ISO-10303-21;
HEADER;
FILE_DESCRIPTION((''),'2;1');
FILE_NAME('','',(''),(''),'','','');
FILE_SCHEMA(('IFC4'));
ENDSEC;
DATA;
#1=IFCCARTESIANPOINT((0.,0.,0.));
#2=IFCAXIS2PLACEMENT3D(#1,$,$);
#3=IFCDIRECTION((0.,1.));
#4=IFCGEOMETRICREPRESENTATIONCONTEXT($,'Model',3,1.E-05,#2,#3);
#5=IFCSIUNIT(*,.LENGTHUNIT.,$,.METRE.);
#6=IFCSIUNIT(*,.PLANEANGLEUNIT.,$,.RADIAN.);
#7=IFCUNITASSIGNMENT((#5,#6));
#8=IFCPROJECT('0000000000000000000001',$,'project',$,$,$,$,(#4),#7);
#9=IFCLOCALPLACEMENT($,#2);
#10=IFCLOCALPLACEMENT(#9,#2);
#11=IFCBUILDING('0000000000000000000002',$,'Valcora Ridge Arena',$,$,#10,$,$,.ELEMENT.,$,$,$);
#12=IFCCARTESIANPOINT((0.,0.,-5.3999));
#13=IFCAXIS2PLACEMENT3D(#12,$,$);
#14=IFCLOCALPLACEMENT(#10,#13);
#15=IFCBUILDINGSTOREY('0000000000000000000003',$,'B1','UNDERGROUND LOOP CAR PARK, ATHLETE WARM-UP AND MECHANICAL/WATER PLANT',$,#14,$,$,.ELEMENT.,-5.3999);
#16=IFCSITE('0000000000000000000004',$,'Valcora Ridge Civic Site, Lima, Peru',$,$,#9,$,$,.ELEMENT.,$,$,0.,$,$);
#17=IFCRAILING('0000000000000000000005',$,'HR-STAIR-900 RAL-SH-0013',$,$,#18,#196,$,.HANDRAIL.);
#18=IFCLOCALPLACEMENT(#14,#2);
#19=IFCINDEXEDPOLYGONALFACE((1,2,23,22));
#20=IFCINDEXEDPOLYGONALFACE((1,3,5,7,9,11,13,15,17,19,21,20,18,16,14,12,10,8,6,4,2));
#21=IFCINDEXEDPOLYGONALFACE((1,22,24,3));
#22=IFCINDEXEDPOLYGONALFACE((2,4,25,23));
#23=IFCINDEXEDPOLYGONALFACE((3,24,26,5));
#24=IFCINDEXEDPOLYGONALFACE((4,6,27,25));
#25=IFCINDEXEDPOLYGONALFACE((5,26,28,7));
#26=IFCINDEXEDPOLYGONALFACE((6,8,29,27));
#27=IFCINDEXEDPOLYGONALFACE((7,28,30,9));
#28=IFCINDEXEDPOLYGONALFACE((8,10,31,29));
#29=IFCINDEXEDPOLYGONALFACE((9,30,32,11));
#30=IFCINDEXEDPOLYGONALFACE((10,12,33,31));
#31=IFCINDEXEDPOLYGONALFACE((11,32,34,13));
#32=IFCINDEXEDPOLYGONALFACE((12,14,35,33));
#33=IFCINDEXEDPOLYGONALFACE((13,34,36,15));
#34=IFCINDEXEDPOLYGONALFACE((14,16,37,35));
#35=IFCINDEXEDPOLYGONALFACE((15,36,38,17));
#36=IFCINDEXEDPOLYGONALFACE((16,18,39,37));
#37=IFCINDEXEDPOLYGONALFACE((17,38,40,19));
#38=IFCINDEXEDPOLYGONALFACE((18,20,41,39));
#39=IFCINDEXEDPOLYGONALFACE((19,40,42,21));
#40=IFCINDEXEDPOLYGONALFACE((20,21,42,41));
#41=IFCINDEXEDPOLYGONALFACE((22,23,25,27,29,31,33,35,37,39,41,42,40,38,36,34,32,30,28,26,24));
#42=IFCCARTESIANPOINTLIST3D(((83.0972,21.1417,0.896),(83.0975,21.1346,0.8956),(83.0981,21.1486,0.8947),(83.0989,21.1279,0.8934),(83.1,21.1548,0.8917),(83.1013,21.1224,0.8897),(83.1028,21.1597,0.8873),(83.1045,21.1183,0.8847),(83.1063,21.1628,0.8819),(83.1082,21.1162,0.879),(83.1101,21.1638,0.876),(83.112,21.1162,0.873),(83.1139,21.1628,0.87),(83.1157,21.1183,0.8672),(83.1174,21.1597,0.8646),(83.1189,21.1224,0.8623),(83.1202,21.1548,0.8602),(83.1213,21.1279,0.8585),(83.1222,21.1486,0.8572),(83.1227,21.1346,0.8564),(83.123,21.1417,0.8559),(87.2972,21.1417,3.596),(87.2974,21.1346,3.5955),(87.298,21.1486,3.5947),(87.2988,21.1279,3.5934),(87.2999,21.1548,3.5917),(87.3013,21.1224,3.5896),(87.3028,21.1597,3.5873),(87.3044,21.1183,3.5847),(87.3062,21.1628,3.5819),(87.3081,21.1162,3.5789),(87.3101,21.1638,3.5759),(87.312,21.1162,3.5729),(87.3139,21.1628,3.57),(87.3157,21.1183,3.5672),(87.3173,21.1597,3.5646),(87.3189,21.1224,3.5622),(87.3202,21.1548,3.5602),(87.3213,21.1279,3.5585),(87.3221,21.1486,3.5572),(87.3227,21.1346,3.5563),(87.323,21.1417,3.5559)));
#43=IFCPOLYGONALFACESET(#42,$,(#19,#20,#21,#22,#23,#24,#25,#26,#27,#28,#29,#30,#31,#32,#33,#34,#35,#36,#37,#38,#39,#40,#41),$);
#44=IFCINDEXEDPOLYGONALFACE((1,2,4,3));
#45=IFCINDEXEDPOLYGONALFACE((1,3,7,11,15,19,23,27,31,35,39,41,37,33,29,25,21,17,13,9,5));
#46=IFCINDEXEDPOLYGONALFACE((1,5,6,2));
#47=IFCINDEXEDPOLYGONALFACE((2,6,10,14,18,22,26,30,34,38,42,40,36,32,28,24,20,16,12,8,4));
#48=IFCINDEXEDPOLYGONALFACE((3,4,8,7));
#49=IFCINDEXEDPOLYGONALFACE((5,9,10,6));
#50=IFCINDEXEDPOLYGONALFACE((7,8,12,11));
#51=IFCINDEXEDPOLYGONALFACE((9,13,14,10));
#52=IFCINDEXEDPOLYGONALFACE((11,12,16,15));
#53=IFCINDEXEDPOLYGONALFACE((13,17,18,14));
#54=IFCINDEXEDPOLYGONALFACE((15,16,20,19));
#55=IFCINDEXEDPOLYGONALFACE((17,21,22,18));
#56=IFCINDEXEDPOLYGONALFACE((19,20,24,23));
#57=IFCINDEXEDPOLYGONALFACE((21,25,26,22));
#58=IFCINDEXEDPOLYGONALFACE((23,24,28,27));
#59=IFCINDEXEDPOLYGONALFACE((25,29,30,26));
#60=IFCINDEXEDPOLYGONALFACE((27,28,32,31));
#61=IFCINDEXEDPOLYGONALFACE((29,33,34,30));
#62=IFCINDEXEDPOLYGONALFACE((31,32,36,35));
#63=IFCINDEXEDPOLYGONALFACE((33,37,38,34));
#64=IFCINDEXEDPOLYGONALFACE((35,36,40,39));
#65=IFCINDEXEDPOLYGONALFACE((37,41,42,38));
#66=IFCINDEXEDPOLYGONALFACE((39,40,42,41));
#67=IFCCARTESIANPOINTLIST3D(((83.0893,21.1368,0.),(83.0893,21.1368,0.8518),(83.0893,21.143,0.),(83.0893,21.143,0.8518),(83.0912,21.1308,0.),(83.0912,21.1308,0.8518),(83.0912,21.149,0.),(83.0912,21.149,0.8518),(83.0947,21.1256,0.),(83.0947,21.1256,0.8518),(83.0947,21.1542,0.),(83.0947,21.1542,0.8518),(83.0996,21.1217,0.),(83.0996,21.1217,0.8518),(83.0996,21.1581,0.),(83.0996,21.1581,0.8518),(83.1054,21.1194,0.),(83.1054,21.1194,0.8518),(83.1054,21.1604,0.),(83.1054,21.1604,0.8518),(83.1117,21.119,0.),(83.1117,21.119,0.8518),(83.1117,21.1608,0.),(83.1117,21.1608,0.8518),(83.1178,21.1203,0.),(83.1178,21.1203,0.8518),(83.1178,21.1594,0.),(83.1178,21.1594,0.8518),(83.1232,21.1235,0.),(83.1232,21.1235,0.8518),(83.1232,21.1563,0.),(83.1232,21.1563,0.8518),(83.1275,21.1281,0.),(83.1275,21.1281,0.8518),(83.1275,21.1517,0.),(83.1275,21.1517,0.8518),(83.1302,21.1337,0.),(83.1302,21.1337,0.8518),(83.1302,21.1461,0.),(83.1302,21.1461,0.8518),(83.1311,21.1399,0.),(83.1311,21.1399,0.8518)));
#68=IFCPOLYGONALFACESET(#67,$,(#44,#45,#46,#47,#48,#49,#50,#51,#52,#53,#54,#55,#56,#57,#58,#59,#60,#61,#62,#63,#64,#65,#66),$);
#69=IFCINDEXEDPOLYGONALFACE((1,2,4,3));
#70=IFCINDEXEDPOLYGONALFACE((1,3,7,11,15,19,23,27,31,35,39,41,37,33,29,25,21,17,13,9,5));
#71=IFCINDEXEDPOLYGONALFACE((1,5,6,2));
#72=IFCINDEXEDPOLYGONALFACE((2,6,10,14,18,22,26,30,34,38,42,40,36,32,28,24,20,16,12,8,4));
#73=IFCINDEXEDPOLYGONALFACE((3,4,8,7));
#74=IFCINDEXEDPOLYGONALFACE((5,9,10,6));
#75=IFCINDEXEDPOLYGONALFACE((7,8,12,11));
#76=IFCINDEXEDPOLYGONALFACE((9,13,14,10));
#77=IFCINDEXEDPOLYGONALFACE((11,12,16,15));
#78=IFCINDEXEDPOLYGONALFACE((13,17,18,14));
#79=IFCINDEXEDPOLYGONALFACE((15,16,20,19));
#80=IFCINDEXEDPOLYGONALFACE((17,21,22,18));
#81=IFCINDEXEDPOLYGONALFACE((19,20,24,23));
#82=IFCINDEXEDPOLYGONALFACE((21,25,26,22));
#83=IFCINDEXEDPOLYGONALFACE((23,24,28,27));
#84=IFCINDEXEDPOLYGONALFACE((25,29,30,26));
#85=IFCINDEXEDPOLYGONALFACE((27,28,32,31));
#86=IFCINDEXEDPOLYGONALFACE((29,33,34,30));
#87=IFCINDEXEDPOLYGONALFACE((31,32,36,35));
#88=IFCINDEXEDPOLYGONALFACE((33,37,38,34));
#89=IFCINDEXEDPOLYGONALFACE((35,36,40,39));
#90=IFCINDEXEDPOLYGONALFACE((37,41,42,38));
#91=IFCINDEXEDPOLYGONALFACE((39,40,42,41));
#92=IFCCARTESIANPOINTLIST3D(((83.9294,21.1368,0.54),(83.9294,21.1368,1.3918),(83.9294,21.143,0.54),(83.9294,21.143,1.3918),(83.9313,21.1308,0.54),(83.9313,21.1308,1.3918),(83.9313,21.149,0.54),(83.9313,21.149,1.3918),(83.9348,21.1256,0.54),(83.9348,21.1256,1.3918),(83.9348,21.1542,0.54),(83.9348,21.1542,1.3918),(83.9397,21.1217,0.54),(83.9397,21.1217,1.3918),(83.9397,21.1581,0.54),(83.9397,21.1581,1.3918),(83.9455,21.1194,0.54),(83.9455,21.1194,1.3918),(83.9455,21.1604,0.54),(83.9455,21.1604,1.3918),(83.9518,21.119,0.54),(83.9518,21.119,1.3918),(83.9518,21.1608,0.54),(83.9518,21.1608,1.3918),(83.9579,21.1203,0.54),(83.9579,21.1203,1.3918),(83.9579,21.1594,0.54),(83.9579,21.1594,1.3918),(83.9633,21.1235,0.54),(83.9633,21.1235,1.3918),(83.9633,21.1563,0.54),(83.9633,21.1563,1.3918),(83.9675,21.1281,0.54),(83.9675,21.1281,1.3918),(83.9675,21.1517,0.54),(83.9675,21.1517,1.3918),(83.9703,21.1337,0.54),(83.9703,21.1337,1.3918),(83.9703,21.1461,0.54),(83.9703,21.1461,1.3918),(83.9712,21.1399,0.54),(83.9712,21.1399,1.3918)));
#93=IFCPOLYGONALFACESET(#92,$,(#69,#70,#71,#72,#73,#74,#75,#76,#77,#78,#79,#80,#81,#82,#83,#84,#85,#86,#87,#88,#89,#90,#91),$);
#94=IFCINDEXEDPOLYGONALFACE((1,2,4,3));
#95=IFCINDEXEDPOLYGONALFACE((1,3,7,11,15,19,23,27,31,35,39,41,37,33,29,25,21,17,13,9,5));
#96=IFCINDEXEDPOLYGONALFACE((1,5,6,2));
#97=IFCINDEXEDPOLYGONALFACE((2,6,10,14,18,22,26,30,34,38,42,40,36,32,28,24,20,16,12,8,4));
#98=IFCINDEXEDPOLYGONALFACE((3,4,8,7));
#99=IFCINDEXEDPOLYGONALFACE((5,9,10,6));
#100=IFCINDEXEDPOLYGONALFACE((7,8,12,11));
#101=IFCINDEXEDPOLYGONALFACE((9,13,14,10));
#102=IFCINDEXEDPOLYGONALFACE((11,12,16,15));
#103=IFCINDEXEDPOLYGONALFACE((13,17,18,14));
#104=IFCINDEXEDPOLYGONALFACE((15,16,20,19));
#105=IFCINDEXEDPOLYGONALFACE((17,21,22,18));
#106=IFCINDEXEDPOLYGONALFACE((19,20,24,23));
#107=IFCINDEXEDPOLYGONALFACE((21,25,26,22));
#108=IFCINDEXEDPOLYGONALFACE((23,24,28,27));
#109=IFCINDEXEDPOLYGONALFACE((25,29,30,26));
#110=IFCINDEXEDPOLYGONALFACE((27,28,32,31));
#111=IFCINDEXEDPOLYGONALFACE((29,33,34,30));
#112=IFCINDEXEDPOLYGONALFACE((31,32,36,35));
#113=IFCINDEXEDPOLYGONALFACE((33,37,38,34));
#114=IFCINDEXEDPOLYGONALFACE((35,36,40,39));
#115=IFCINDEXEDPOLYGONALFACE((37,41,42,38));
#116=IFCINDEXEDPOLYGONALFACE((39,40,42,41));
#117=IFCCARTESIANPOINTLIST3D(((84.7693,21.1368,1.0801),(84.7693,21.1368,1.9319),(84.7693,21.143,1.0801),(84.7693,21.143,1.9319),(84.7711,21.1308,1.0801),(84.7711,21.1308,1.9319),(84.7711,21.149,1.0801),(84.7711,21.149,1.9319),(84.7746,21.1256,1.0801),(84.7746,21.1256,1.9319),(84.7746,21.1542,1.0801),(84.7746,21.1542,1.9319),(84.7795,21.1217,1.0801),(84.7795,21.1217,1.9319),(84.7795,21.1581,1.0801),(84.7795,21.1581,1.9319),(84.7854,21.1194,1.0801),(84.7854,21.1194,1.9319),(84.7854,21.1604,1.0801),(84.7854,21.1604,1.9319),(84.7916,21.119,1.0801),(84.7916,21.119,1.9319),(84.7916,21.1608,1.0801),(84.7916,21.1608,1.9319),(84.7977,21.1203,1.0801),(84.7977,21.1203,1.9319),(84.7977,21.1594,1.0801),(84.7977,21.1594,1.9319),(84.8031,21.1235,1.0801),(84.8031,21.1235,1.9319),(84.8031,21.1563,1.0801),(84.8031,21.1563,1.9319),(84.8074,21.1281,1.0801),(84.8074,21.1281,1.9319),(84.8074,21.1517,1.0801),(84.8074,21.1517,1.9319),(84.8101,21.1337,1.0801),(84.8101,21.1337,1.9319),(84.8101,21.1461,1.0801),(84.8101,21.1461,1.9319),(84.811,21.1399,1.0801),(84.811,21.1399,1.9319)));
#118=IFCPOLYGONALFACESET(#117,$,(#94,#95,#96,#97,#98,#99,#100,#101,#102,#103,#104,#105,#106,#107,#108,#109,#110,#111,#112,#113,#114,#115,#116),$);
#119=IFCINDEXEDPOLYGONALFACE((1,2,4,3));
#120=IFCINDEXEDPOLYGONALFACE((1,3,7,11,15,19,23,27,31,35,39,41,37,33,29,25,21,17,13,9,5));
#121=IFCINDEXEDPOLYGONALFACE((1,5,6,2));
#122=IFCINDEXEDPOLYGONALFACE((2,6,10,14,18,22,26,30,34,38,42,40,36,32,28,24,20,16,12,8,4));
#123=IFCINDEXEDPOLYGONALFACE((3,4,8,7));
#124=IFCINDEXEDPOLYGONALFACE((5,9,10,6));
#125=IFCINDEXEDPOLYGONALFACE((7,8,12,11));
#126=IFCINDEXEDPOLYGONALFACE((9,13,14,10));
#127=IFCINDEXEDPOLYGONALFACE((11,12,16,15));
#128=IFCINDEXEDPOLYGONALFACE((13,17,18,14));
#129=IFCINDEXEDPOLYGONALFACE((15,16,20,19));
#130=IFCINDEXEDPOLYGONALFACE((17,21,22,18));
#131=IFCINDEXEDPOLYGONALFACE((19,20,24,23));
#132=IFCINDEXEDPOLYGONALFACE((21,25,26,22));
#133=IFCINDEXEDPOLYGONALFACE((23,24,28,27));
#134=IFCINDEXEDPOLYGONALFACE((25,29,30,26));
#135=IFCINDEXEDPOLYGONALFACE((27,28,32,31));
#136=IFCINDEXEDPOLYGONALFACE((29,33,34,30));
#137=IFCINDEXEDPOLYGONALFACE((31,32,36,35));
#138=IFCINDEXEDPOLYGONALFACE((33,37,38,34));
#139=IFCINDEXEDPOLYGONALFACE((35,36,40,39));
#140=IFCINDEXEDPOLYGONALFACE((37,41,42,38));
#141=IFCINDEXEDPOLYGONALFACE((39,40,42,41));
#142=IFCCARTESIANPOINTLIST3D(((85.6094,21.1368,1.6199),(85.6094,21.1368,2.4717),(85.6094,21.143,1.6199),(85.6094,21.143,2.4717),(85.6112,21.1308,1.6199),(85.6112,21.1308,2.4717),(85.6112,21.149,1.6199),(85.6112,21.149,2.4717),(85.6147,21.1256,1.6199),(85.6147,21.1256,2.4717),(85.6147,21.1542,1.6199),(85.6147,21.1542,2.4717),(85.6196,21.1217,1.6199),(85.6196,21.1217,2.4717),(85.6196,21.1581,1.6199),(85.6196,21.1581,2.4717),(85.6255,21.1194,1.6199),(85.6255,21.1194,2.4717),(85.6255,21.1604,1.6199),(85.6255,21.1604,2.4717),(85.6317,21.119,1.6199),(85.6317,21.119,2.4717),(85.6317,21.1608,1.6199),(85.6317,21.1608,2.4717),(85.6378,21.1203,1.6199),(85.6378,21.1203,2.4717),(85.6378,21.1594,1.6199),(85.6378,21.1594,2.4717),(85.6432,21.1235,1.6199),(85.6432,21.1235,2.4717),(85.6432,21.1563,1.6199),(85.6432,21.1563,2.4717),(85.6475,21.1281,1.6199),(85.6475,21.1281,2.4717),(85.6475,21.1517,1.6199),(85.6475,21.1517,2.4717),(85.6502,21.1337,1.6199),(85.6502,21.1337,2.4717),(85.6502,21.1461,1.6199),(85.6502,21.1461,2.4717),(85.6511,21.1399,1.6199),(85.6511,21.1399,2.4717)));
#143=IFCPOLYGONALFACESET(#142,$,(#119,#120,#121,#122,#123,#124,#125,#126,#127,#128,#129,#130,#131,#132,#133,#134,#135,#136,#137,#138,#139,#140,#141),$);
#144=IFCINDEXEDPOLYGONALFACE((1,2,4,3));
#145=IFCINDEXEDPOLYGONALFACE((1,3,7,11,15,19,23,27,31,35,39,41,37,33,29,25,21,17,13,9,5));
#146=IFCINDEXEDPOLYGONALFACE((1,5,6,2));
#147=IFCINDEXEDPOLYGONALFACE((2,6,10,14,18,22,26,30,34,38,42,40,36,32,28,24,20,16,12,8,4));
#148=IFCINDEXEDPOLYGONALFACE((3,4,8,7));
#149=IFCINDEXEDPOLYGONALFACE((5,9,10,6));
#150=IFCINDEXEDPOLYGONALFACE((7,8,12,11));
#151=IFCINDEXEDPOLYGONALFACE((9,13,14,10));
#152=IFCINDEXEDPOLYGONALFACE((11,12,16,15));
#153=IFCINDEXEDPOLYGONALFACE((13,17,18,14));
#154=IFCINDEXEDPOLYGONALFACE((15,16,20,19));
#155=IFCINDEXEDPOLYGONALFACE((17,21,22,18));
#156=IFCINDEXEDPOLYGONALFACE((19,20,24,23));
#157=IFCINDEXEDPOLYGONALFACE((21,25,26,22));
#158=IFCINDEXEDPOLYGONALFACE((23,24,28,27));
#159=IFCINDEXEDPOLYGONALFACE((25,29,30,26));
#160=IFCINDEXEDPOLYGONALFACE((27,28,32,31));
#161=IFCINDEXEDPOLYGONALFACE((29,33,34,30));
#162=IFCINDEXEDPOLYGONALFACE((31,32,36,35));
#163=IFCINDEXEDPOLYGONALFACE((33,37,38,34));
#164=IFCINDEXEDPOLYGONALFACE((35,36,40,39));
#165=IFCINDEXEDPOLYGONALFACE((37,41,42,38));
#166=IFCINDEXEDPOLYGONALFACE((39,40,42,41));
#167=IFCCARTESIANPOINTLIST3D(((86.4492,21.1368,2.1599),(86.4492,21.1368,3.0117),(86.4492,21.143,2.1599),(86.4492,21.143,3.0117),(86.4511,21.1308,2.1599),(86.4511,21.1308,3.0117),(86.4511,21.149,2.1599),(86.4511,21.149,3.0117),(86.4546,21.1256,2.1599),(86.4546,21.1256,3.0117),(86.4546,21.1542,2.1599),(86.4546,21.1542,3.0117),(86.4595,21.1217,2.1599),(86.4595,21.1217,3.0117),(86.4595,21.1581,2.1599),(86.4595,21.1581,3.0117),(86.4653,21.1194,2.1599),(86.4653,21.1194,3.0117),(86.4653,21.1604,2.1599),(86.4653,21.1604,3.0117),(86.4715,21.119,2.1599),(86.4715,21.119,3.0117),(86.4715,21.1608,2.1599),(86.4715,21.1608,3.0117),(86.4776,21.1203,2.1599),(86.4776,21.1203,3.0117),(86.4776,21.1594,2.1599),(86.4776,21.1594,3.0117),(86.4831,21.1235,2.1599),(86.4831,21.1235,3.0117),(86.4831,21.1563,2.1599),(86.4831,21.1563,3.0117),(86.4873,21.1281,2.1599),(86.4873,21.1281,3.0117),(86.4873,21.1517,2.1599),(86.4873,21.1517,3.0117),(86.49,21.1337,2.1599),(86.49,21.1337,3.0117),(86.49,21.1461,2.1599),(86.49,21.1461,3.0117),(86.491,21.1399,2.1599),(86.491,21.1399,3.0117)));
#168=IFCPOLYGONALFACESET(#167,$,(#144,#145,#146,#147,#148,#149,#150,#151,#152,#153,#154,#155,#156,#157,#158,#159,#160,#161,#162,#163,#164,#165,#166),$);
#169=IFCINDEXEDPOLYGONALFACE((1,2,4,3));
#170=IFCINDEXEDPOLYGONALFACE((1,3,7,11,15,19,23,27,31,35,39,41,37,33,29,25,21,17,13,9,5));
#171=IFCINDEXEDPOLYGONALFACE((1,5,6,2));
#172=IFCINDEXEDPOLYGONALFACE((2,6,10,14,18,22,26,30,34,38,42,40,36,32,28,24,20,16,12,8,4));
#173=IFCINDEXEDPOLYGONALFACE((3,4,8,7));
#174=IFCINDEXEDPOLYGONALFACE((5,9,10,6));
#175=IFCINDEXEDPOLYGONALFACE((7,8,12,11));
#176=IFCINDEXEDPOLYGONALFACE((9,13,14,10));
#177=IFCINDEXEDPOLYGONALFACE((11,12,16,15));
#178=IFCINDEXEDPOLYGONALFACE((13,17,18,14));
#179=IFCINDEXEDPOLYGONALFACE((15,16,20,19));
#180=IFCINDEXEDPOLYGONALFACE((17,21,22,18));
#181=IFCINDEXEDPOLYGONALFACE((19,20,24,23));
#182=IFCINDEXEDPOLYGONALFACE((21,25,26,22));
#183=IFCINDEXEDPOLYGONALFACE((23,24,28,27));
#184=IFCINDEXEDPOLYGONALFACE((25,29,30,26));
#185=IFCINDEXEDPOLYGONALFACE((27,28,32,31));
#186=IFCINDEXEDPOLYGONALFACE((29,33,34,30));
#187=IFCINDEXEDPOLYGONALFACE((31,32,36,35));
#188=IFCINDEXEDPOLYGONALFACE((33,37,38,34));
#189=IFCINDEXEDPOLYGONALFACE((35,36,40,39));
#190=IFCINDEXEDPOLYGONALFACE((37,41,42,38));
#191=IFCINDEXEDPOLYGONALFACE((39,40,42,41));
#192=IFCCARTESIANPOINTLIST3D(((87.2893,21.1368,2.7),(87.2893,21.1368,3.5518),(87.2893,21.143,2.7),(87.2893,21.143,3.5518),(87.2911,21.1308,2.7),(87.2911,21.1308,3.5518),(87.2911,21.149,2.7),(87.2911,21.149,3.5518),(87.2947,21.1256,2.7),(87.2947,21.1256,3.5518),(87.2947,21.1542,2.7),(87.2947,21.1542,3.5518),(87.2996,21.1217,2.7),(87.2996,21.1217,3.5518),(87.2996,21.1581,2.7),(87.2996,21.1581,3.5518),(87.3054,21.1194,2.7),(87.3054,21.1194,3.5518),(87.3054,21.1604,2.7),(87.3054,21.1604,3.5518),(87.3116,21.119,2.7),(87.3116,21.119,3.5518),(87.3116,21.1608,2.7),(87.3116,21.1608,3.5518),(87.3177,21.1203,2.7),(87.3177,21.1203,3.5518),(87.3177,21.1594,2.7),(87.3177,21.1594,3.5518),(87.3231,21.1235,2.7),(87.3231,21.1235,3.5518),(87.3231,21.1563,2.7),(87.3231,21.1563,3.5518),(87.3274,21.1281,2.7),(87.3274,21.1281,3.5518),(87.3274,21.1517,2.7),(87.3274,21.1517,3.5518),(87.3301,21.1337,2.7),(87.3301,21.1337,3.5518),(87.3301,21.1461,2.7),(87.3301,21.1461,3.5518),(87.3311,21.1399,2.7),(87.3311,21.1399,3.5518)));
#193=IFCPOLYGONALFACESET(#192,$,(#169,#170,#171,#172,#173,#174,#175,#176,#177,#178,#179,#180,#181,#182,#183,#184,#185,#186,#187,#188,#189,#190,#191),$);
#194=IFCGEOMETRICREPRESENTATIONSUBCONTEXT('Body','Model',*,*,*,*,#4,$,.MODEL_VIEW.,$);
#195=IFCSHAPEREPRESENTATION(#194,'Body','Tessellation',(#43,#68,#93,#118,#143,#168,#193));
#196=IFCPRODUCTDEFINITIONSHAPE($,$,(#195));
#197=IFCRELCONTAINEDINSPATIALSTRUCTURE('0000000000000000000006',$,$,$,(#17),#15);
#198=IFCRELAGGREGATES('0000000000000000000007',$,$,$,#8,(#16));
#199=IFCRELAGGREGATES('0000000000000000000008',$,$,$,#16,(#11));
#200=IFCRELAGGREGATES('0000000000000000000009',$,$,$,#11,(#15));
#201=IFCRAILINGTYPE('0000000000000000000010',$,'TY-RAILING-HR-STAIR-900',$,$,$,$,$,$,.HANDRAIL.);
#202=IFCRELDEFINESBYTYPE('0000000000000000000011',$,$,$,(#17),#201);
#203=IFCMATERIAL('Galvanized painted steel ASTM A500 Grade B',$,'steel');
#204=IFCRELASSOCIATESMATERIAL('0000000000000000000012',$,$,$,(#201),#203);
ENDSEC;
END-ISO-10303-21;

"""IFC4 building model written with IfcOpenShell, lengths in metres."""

from ifc_helpers import new_model, si_unit, direction, frame, origin, origin_2d, place, context, subcontext, project, spatial, circle, extrude, material, type_object, element, save


model = new_model("IFC4")

# Units and contexts
model_context = context("Model", 3, precision=1e-05, world=origin(), true_north=direction((0.0, 1.0)))
body_context = subcontext(model_context, "Body", "Model", "MODEL_VIEW")
ifc_project = project(units=[si_unit("LENGTHUNIT", "METRE"), si_unit("PLANEANGLEUNIT", "RADIAN")], contexts=[model_context])

# Site, building, storey
site_placement = place(None, origin())
site = spatial("IfcSite", under=ifc_project, at=site_placement, Name="Valcora Ridge Civic Site, Lima, Peru", CompositionType="ELEMENT", RefElevation=0.0)
building_placement = place(site_placement, origin())
building = spatial("IfcBuilding", under=site, at=building_placement, Name="Valcora Ridge Arena", CompositionType="ELEMENT")
storey_placement = place(building_placement, frame((0.0, 0.0, -5.3999)))
storey = spatial("IfcBuildingStorey", under=building, at=storey_placement, Name="B1", Description="UNDERGROUND LOOP CAR PARK, ATHLETE WARM-UP AND MECHANICAL/WATER PLANT", CompositionType="ELEMENT", Elevation=-5.3999)

# Railing
ifc_material_1 = material(Name="Galvanized painted steel ASTM A500 Grade B", Category="steel")
railing_type_1 = type_object("IfcRailingType", Name="TY-RAILING-HR-STAIR-900", PredefinedType="HANDRAIL", material=ifc_material_1)
railing_1_placement = place(storey_placement, frame((83.1101, 21.1399, 0.0)))
element("IfcRailing", 1, at=railing_1_placement, inside=storey, type_object=railing_type_1, Name="HR-STAIR-900 RAL-SH-0013", PredefinedType="HANDRAIL", context=body_context, shape_type="SweptSolid", body=[
    extrude(circle(Radius=0.0239, at=origin_2d()), frame((0.0, 0.0, 0.876), z_axis=(0.84118, 0.0, 0.540755), x_axis=(0.0, 1.0, 0.0)), (0.0, 0.0, 1.0), 4.9929),
    extrude(circle(Radius=0.021, at=origin_2d()), origin(), (0.0, 0.0, 1.0), 0.8518),
    extrude(circle(Radius=0.021, at=origin_2d()), frame((0.8401, 0.0, 0.54)), (0.0, 0.0, 1.0), 0.8518),
    extrude(circle(Radius=0.021, at=origin_2d()), frame((1.6799, 0.0, 1.0801)), (0.0, 0.0, 1.0), 0.8518),
    extrude(circle(Radius=0.021, at=origin_2d()), frame((2.52, 0.0, 1.6199)), (0.0, 0.0, 1.0), 0.8518),
    extrude(circle(Radius=0.021, at=origin_2d()), frame((3.3599, 0.0, 2.1599)), (0.0, 0.0, 1.0), 0.8518),
    extrude(circle(Radius=0.021, at=origin_2d()), frame((4.2, 0.0, 2.7)), (0.0, 0.0, 1.0), 0.8518),
])

save(model, "model.ifc")
